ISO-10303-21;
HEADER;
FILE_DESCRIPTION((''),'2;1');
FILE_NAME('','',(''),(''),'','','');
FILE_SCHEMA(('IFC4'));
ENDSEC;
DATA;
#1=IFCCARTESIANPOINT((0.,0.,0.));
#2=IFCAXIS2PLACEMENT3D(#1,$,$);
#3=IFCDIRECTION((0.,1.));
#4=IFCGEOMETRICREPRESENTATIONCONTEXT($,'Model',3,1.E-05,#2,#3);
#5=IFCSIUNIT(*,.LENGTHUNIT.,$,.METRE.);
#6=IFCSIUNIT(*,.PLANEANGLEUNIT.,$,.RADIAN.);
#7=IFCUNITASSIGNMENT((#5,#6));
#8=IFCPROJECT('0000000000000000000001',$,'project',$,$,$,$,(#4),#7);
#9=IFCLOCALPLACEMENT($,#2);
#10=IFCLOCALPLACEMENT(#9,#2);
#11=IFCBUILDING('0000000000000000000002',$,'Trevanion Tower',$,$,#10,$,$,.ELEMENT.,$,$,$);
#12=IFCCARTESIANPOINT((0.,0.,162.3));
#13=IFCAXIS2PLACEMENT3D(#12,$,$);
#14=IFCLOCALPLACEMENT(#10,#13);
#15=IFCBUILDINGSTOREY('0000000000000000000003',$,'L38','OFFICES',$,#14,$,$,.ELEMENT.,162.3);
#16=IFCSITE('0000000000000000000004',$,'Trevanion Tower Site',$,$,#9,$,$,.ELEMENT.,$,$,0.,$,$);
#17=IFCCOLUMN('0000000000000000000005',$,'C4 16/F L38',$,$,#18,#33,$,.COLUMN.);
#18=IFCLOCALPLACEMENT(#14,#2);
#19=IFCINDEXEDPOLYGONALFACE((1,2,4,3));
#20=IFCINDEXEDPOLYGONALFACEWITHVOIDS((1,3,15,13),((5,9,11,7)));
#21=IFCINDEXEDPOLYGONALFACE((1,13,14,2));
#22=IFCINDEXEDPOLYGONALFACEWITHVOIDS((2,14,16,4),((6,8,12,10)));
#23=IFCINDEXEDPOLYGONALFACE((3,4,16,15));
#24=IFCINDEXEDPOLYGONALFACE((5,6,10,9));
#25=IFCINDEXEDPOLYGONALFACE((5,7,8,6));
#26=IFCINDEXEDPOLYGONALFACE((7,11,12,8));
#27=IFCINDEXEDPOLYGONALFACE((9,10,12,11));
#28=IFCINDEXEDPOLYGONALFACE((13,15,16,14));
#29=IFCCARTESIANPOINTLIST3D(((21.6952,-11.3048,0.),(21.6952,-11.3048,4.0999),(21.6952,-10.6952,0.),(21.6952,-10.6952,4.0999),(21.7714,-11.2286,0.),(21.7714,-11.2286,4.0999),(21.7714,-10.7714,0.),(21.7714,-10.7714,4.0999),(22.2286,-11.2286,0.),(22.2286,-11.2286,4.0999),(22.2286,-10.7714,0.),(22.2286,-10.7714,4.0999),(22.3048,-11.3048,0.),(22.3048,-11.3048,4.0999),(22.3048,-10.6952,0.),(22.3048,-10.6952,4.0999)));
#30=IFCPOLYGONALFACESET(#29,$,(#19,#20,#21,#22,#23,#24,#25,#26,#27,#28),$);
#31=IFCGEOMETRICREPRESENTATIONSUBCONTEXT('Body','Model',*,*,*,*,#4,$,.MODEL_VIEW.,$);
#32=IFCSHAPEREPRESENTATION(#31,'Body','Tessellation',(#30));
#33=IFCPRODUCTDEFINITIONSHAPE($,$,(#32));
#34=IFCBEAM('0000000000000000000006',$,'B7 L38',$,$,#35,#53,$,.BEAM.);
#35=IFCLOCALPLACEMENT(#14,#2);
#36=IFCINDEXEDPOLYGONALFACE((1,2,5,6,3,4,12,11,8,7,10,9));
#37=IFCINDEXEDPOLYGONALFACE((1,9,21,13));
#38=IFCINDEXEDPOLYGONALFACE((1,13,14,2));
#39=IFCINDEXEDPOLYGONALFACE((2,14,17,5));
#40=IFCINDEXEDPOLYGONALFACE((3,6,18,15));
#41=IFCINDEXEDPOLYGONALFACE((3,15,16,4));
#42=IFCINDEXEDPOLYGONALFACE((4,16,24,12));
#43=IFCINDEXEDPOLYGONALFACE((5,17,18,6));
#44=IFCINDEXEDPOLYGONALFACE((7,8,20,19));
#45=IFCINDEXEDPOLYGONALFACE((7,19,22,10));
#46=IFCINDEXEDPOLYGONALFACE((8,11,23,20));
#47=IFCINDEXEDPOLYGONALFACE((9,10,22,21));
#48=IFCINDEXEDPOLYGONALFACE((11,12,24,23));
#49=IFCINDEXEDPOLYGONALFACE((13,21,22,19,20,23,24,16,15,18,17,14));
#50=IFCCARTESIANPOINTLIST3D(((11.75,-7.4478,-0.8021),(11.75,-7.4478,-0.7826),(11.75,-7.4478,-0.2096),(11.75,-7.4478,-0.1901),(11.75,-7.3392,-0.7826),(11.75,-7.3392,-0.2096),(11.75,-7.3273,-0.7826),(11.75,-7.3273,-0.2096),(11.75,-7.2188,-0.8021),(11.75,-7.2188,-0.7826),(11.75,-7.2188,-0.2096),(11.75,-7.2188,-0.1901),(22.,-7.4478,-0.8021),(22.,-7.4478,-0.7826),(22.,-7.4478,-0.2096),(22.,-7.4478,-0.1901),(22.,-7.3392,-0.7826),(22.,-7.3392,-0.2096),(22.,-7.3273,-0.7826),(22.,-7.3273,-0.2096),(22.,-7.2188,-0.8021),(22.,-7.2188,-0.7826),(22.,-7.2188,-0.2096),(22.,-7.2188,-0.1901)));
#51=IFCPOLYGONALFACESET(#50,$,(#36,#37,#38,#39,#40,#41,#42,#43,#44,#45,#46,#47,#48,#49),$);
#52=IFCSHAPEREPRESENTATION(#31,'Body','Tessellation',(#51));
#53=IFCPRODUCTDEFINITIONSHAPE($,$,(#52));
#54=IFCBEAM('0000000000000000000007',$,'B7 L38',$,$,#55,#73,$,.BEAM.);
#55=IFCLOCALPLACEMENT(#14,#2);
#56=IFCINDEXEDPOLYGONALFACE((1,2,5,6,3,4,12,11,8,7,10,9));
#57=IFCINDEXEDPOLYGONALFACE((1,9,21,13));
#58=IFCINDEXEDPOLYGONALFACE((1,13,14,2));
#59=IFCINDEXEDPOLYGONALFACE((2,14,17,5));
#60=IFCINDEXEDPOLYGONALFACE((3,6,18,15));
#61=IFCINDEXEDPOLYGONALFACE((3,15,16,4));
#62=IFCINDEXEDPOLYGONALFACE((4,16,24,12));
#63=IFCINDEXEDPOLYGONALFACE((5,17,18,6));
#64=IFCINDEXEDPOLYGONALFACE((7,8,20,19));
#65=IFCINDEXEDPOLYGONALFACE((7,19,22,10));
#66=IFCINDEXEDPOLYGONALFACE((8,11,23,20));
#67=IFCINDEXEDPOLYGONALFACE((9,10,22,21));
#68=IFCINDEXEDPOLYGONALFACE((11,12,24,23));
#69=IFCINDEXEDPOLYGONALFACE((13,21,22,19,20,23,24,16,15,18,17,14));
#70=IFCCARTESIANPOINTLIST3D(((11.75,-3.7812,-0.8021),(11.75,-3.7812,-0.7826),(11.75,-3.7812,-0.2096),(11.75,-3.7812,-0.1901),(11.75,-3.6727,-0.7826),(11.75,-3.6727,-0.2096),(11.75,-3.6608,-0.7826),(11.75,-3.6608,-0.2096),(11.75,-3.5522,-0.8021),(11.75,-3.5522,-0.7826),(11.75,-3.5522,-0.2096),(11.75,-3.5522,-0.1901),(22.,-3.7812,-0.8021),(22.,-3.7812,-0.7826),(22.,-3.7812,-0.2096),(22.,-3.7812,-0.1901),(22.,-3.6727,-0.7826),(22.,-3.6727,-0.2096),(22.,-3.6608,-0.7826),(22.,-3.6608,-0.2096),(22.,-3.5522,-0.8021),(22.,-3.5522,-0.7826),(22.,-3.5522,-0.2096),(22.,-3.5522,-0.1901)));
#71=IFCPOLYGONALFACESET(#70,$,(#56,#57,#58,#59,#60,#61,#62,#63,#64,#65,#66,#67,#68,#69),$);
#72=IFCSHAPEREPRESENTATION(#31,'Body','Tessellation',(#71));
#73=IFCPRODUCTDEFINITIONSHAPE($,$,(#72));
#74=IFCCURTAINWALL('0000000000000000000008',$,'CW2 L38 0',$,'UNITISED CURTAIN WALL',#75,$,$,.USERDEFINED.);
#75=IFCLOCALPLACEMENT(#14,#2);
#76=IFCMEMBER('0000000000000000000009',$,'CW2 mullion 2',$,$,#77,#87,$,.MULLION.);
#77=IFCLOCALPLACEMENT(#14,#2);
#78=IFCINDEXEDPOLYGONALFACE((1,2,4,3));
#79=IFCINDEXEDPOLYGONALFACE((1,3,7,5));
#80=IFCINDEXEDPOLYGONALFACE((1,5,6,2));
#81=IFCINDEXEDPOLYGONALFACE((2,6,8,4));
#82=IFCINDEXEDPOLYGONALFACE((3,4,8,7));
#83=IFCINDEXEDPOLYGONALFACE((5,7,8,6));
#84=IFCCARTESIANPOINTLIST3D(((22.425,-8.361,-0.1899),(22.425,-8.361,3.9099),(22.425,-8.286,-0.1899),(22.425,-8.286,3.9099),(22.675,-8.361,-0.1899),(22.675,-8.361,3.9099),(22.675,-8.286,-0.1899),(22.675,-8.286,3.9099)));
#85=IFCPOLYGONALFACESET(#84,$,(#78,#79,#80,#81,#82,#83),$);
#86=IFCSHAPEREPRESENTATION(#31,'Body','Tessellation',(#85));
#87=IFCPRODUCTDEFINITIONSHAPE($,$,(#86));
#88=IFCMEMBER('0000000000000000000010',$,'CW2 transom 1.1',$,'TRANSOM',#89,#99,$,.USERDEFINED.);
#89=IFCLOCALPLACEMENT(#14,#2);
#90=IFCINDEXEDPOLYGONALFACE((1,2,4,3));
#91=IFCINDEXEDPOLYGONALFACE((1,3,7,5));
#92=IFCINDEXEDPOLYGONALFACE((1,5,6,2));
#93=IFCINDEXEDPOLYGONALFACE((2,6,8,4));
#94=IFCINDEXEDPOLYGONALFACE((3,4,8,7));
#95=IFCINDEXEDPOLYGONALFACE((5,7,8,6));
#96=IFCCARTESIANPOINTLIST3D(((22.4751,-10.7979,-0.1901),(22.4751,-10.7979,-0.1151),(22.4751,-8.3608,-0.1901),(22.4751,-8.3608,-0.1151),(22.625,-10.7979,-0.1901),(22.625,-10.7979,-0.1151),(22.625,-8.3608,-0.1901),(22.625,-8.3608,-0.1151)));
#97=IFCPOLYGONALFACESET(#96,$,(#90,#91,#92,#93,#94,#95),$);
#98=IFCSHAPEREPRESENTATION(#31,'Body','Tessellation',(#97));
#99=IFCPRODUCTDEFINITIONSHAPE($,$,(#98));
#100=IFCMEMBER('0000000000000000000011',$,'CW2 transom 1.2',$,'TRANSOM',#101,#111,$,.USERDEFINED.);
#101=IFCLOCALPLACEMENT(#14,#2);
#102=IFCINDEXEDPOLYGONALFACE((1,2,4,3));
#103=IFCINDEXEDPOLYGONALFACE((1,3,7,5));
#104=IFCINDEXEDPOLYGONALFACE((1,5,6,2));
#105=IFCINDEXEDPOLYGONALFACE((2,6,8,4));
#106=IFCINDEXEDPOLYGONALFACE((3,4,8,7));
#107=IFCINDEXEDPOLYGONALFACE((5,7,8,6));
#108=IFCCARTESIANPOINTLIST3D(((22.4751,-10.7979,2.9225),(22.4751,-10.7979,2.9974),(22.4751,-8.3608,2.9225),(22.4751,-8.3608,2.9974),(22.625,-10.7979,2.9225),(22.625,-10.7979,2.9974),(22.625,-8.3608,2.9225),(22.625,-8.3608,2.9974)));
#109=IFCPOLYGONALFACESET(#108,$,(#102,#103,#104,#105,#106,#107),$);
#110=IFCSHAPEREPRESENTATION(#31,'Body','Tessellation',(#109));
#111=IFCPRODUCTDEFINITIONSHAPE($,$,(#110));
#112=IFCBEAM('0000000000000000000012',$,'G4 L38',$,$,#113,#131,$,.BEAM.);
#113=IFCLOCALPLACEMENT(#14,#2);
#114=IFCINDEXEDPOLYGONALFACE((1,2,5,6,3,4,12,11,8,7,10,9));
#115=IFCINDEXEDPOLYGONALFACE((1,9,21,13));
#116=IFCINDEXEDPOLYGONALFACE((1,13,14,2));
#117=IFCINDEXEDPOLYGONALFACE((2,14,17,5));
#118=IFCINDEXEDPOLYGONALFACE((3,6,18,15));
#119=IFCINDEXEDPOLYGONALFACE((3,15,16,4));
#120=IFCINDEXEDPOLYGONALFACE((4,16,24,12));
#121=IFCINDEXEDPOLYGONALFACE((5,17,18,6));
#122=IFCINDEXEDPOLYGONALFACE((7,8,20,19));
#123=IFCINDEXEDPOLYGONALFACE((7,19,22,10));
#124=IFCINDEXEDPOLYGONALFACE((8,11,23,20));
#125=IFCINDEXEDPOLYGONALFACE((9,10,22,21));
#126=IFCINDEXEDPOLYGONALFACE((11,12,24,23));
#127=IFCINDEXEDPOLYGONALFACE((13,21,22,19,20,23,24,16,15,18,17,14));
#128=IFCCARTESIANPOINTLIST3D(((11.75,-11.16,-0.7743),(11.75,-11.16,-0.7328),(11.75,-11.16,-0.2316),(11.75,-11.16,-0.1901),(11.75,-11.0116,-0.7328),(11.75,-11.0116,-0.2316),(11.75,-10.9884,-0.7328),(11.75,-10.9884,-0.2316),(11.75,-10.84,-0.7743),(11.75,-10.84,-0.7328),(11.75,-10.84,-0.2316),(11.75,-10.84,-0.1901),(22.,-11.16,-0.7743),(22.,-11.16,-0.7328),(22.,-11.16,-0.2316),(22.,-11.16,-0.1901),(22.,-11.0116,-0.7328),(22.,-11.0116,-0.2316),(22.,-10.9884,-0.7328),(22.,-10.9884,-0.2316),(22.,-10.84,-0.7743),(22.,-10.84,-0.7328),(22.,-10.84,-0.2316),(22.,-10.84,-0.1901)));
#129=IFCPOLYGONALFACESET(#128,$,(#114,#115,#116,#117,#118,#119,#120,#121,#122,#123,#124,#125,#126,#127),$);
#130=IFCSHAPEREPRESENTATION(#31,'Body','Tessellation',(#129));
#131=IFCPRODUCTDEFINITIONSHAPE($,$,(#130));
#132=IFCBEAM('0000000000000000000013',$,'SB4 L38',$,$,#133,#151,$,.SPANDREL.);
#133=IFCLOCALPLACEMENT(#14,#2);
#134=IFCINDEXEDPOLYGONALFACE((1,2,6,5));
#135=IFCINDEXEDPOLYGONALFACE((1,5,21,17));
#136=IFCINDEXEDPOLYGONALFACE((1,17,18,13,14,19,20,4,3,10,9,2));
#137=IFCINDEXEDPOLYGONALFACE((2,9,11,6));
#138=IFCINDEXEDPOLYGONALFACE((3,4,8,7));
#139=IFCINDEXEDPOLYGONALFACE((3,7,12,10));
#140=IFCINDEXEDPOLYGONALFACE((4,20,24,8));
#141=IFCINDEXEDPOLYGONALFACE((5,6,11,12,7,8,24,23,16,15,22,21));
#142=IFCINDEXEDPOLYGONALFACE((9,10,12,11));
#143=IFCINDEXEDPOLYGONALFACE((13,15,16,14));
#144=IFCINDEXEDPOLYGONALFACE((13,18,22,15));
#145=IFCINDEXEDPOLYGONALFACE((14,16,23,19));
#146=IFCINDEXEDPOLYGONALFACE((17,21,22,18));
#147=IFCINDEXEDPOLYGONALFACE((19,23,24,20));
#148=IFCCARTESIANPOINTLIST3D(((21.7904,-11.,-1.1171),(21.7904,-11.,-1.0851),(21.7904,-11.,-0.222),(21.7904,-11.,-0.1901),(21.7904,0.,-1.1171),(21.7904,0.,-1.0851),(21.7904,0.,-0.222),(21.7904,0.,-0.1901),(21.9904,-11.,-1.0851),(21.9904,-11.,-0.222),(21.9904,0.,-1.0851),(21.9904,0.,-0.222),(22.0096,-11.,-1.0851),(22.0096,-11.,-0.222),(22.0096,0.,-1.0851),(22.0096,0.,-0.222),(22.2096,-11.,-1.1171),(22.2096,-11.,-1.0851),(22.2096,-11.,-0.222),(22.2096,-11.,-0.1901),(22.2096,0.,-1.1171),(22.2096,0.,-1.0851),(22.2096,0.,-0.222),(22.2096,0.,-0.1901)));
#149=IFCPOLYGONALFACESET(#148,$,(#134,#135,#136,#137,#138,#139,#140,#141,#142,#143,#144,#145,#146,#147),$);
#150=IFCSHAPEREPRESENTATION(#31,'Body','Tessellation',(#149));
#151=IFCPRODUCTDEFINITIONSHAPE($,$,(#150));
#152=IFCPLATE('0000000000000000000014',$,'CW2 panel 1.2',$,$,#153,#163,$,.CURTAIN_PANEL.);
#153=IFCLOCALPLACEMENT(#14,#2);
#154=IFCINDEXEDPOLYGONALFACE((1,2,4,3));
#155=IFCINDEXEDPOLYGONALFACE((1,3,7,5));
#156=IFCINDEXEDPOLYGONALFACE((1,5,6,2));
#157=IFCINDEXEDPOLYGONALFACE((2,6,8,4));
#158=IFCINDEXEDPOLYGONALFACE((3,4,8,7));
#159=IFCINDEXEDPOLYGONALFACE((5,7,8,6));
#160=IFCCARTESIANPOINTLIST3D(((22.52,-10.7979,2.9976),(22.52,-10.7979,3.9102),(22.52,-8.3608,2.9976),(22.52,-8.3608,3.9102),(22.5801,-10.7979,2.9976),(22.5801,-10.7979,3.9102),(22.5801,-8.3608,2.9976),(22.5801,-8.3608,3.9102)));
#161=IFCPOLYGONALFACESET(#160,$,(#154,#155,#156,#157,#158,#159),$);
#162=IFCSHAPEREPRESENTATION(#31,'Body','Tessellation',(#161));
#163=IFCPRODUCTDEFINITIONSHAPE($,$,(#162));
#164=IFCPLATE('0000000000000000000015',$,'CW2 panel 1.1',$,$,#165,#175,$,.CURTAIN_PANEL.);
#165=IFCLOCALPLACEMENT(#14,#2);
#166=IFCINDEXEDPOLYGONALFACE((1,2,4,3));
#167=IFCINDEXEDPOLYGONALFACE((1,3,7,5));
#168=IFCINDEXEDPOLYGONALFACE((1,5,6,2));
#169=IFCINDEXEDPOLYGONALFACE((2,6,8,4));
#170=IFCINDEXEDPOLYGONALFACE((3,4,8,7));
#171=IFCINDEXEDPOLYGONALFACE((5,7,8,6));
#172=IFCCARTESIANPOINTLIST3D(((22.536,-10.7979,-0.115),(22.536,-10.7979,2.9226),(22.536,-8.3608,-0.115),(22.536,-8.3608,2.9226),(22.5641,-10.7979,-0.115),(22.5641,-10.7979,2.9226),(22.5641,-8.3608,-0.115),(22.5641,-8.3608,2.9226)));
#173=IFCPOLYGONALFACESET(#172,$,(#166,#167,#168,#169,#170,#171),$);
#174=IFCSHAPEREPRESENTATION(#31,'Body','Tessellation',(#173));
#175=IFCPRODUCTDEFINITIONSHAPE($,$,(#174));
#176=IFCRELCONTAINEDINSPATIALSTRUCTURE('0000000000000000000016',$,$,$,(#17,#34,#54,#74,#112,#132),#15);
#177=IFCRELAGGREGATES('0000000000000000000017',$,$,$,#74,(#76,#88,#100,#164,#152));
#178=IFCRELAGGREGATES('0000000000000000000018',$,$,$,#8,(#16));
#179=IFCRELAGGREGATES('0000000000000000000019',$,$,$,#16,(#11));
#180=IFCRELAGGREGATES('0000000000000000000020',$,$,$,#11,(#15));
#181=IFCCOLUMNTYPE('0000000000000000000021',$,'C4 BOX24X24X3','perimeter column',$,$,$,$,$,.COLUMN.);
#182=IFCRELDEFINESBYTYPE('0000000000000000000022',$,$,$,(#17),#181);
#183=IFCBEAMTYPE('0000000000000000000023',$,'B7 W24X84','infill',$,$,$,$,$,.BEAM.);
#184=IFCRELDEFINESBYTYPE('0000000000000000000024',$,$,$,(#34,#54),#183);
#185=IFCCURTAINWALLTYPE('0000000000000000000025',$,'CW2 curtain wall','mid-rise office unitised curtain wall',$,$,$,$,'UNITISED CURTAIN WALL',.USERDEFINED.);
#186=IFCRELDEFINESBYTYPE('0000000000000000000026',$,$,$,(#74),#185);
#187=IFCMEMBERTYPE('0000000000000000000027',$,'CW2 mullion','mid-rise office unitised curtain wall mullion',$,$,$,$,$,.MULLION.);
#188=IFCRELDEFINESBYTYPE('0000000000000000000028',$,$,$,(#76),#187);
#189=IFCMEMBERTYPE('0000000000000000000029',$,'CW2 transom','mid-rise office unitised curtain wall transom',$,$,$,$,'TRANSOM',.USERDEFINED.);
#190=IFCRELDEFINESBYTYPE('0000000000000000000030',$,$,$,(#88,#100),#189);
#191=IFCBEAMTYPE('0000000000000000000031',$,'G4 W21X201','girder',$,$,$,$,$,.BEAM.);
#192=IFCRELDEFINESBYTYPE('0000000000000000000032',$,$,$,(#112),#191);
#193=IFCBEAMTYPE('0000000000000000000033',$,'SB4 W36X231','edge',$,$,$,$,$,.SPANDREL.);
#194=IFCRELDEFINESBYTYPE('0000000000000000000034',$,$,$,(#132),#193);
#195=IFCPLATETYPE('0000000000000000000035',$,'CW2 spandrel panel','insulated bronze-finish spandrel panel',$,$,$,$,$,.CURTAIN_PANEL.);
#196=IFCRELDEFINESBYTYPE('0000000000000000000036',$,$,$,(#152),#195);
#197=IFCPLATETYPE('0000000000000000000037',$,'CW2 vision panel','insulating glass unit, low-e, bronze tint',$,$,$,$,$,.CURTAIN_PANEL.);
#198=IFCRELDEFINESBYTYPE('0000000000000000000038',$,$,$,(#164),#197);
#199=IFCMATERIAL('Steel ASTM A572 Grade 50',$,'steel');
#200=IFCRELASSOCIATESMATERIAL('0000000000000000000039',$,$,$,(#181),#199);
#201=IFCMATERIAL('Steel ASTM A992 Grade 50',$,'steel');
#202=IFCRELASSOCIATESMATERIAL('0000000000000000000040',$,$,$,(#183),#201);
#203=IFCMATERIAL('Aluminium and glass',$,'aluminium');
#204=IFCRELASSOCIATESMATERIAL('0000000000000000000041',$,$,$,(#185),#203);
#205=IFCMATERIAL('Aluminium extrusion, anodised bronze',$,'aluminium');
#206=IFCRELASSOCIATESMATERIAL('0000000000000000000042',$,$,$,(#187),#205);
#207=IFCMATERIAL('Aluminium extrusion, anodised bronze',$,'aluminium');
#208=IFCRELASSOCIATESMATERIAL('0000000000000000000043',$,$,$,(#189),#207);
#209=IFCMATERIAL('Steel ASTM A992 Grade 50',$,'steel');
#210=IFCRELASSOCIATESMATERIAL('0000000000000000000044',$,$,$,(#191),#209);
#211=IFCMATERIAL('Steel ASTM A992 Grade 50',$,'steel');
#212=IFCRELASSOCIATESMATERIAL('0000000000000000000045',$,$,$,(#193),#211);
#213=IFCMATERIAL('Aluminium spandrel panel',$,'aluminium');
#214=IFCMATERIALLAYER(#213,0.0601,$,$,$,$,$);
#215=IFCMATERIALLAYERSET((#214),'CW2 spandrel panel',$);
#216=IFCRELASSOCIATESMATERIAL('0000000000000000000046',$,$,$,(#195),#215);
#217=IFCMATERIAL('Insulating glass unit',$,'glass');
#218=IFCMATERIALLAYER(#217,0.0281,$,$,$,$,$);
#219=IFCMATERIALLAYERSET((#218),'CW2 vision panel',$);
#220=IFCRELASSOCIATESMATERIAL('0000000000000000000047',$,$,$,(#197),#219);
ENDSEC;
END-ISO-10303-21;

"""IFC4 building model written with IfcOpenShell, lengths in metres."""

from ifc_helpers import new_model, si_unit, direction, frame, origin, origin_2d, place, context, subcontext, project, spatial, rectangle, hollow_rectangle, i_section, extrude, material, layer, layer_set, material_profile, profile_set, type_object, element, aggregate, save


model = new_model("IFC4")

# Units and contexts
model_context = context("Model", 3, precision=1e-05, world=origin(), true_north=direction((0.0, 1.0)))
body_context = subcontext(model_context, "Body", "Model", "MODEL_VIEW")
ifc_project = project(units=[si_unit("LENGTHUNIT", "METRE"), si_unit("PLANEANGLEUNIT", "RADIAN")], contexts=[model_context])

# Site, building, storey
site_placement = place(None, origin())
site = spatial("IfcSite", under=ifc_project, at=site_placement, Name="Trevanion Tower Site", CompositionType="ELEMENT", RefElevation=0.0)
building_placement = place(site_placement, origin())
building = spatial("IfcBuilding", under=site, at=building_placement, Name="Trevanion Tower", CompositionType="ELEMENT")
storey_placement = place(building_placement, frame((0.0, 0.0, 162.3)))
storey = spatial("IfcBuildingStorey", under=building, at=storey_placement, Name="L38", Description="OFFICES", CompositionType="ELEMENT", Elevation=162.3)

# Column
ifc_material_1 = material(Name="Steel ASTM A572 Grade 50", Category="steel")
ifc_material_profile_1 = material_profile(ifc_material_1, hollow_rectangle(XDim=0.6096, YDim=0.6096, WallThickness=0.0762, at=origin_2d()), Name="BOX24X24X3")
ifc_profile_set_1 = profile_set([ifc_material_profile_1], Name="Steel ASTM A572 Grade 50")
column_type = type_object("IfcColumnType", Name="C4 BOX24X24X3", Description="perimeter column", PredefinedType="COLUMN", material=ifc_profile_set_1)
column_placement = place(storey_placement, frame((22.0, -11.0, 0.0), z_axis=(0.0, 0.0, 1.0), x_axis=(0.0, 1.0, 0.0)))
element("IfcColumn", 1, at=column_placement, inside=storey, type_object=column_type, Name="C4 16/F L38", PredefinedType="COLUMN", context=body_context, shape_type="SweptSolid", body=[
    extrude(hollow_rectangle(XDim=0.6096, YDim=0.6096, WallThickness=0.0762, at=origin_2d()), origin(), (0.0, 0.0, 1.0), 4.0999),
])

# Beams
ifc_material_2 = material(Name="Steel ASTM A992 Grade 50", Category="steel")
ifc_material_profile_2 = material_profile(ifc_material_2, i_section(OverallWidth=0.229, OverallDepth=0.6121, WebThickness=0.012, FlangeThickness=0.0195, at=origin_2d()), Name="W24X84")
ifc_profile_set_2 = profile_set([ifc_material_profile_2], Name="Steel ASTM A992 Grade 50")
beam_type_1 = type_object("IfcBeamType", Name="B7 W24X84", Description="infill", PredefinedType="BEAM", material=ifc_profile_set_2)
for number, where, z_axis, x_axis, name in (
    (2, (11.75, -7.3333, -0.4961), (1.0, 0.0, 0.0), (0.0, 1.0, 0.0), "B7 L38"),
    (3, (11.75, -3.6667, -0.4961), (1.0, 0.0, 0.0), (0.0, 1.0, 0.0), "B7 L38"),
):
    element("IfcBeam", number, at=place(storey_placement, frame(where, z_axis=z_axis, x_axis=x_axis)), inside=storey, type_object=beam_type_1, Name=name, PredefinedType="BEAM", context=body_context, shape_type="SweptSolid", body=[
        extrude(i_section(OverallWidth=0.229, OverallDepth=0.6121, WebThickness=0.012, FlangeThickness=0.0195, at=origin_2d()), origin(), (0.0, 0.0, 1.0), 10.25),
    ])

# Curtain wall, members
ifc_material_3 = material(Name="Aluminium and glass", Category="aluminium")
curtain_wall_type = type_object("IfcCurtainWallType", Name="CW2 curtain wall", Description="mid-rise office unitised curtain wall", ElementType="UNITISED CURTAIN WALL", PredefinedType="USERDEFINED", material=ifc_material_3)
curtain_wall_placement = place(storey_placement, origin())
curtain_wall = element("IfcCurtainWall", 4, at=curtain_wall_placement, inside=storey, type_object=curtain_wall_type, Name="CW2 L38 0", ObjectType="UNITISED CURTAIN WALL", PredefinedType="USERDEFINED")
ifc_material_4 = material(Name="Aluminium extrusion, anodised bronze", Category="aluminium")
ifc_material_profile_3 = material_profile(ifc_material_4, rectangle(XDim=0.075, YDim=0.25, at=origin_2d()), Name="CW2 mullion")
ifc_profile_set_3 = profile_set([ifc_material_profile_3], Name="Aluminium extrusion, anodised bronze")
member_type_1 = type_object("IfcMemberType", Name="CW2 mullion", Description="mid-rise office unitised curtain wall mullion", PredefinedType="MULLION", material=ifc_profile_set_3)
member_1_placement = place(storey_placement, frame((22.55, -8.3235, -0.1899), z_axis=(0.0, 0.0, 1.0), x_axis=(0.0, 1.0, 0.0)))
member_1 = element("IfcMember", 5, at=member_1_placement, type_object=member_type_1, Name="CW2 mullion 2", PredefinedType="MULLION", context=body_context, shape_type="SweptSolid", body=[
    extrude(rectangle(XDim=0.075, YDim=0.25, at=origin_2d()), origin(), (0.0, 0.0, 1.0), 4.0999),
])
ifc_material_5 = material(Name="Aluminium extrusion, anodised bronze", Category="aluminium")
ifc_material_profile_4 = material_profile(ifc_material_5, rectangle(XDim=0.1499, YDim=0.075, at=origin_2d()), Name="CW2 transom")
ifc_profile_set_4 = profile_set([ifc_material_profile_4], Name="Aluminium extrusion, anodised bronze")
member_type_2 = type_object("IfcMemberType", Name="CW2 transom", Description="mid-rise office unitised curtain wall transom", ElementType="TRANSOM", PredefinedType="USERDEFINED", material=ifc_profile_set_4)
member_2_placement = place(storey_placement, frame((22.55, -10.7979, -0.1526), z_axis=(0.0, 1.0, 0.0), x_axis=(-1.0, 0.0, 0.0)))
member_2 = element("IfcMember", 6, at=member_2_placement, type_object=member_type_2, Name="CW2 transom 1.1", ObjectType="TRANSOM", PredefinedType="USERDEFINED", context=body_context, shape_type="SweptSolid", body=[
    extrude(rectangle(XDim=0.1499, YDim=0.075, at=origin_2d()), origin(), (0.0, 0.0, 1.0), 2.437),
])
member_3_placement = place(storey_placement, frame((22.55, -10.7979, 2.96), z_axis=(0.0, 1.0, 0.0), x_axis=(-1.0, 0.0, 0.0)))
member_3 = element("IfcMember", 7, at=member_3_placement, type_object=member_type_2, Name="CW2 transom 1.2", ObjectType="TRANSOM", PredefinedType="USERDEFINED", context=body_context, shape_type="SweptSolid", body=[
    extrude(rectangle(XDim=0.1499, YDim=0.075, at=origin_2d()), origin(), (0.0, 0.0, 1.0), 2.437),
])

# Beams
ifc_material_6 = material(Name="Steel ASTM A992 Grade 50", Category="steel")
ifc_material_profile_5 = material_profile(ifc_material_6, i_section(OverallWidth=0.3201, OverallDepth=0.5842, WebThickness=0.0232, FlangeThickness=0.0415, at=origin_2d()), Name="W21X201")
ifc_profile_set_5 = profile_set([ifc_material_profile_5], Name="Steel ASTM A992 Grade 50")
beam_type_2 = type_object("IfcBeamType", Name="G4 W21X201", Description="girder", PredefinedType="BEAM", material=ifc_profile_set_5)
beam_1_placement = place(storey_placement, frame((11.75, -11.0, -0.4822), z_axis=(1.0, 0.0, 0.0), x_axis=(0.0, 1.0, 0.0)))
element("IfcBeam", 8, at=beam_1_placement, inside=storey, type_object=beam_type_2, Name="G4 L38", PredefinedType="BEAM", context=body_context, shape_type="SweptSolid", body=[
    extrude(i_section(OverallWidth=0.3201, OverallDepth=0.5842, WebThickness=0.0232, FlangeThickness=0.0415, at=origin_2d()), origin(), (0.0, 0.0, 1.0), 10.25),
])
ifc_material_7 = material(Name="Steel ASTM A992 Grade 50", Category="steel")
ifc_material_profile_6 = material_profile(ifc_material_7, i_section(OverallWidth=0.4192, OverallDepth=0.927, WebThickness=0.0193, FlangeThickness=0.032, at=origin_2d()), Name="W36X231")
ifc_profile_set_6 = profile_set([ifc_material_profile_6], Name="Steel ASTM A992 Grade 50")
beam_type_3 = type_object("IfcBeamType", Name="SB4 W36X231", Description="edge", PredefinedType="SPANDREL", material=ifc_profile_set_6)
beam_2_placement = place(storey_placement, frame((22.0, -11.0, -0.6536), z_axis=(0.0, 1.0, 0.0), x_axis=(-1.0, 0.0, 0.0)))
element("IfcBeam", 9, at=beam_2_placement, inside=storey, type_object=beam_type_3, Name="SB4 L38", PredefinedType="SPANDREL", context=body_context, shape_type="SweptSolid", body=[
    extrude(i_section(OverallWidth=0.4192, OverallDepth=0.927, WebThickness=0.0193, FlangeThickness=0.032, at=origin_2d()), origin(), (0.0, 0.0, 1.0), 11.0),
])

# Plates
ifc_material_8 = material(Name="Aluminium spandrel panel", Category="aluminium")
ifc_layer_1 = layer(ifc_material_8, 0.0601)
ifc_layer_set_1 = layer_set([ifc_layer_1], Name="CW2 spandrel panel")
plate_type_1 = type_object("IfcPlateType", Name="CW2 spandrel panel", Description="insulated bronze-finish spandrel panel", PredefinedType="CURTAIN_PANEL", material=ifc_layer_set_1)
plate_1_placement = place(storey_placement, frame((22.55, -9.5793, 2.9976), z_axis=(0.0, 0.0, 1.0), x_axis=(0.0, 1.0, 0.0)))
plate_1 = element("IfcPlate", 10, at=plate_1_placement, type_object=plate_type_1, Name="CW2 panel 1.2", PredefinedType="CURTAIN_PANEL", context=body_context, shape_type="SweptSolid", body=[
    extrude(rectangle(XDim=2.437, YDim=0.0601, at=origin_2d()), origin(), (0.0, 0.0, 1.0), 0.9126),
])
ifc_material_9 = material(Name="Insulating glass unit", Category="glass")
ifc_layer_2 = layer(ifc_material_9, 0.0281)
ifc_layer_set_2 = layer_set([ifc_layer_2], Name="CW2 vision panel")
plate_type_2 = type_object("IfcPlateType", Name="CW2 vision panel", Description="insulating glass unit, low-e, bronze tint", PredefinedType="CURTAIN_PANEL", material=ifc_layer_set_2)
plate_2_placement = place(storey_placement, frame((22.55, -9.5793, -0.115), z_axis=(0.0, 0.0, 1.0), x_axis=(0.0, 1.0, 0.0)))
plate_2 = element("IfcPlate", 11, at=plate_2_placement, type_object=plate_type_2, Name="CW2 panel 1.1", PredefinedType="CURTAIN_PANEL", context=body_context, shape_type="SweptSolid", body=[
    extrude(rectangle(XDim=2.437, YDim=0.0281, at=origin_2d()), origin(), (0.0, 0.0, 1.0), 3.0376),
])
aggregate(curtain_wall, [member_1, member_2, member_3, plate_2, plate_1])

save(model, "model.ifc")
